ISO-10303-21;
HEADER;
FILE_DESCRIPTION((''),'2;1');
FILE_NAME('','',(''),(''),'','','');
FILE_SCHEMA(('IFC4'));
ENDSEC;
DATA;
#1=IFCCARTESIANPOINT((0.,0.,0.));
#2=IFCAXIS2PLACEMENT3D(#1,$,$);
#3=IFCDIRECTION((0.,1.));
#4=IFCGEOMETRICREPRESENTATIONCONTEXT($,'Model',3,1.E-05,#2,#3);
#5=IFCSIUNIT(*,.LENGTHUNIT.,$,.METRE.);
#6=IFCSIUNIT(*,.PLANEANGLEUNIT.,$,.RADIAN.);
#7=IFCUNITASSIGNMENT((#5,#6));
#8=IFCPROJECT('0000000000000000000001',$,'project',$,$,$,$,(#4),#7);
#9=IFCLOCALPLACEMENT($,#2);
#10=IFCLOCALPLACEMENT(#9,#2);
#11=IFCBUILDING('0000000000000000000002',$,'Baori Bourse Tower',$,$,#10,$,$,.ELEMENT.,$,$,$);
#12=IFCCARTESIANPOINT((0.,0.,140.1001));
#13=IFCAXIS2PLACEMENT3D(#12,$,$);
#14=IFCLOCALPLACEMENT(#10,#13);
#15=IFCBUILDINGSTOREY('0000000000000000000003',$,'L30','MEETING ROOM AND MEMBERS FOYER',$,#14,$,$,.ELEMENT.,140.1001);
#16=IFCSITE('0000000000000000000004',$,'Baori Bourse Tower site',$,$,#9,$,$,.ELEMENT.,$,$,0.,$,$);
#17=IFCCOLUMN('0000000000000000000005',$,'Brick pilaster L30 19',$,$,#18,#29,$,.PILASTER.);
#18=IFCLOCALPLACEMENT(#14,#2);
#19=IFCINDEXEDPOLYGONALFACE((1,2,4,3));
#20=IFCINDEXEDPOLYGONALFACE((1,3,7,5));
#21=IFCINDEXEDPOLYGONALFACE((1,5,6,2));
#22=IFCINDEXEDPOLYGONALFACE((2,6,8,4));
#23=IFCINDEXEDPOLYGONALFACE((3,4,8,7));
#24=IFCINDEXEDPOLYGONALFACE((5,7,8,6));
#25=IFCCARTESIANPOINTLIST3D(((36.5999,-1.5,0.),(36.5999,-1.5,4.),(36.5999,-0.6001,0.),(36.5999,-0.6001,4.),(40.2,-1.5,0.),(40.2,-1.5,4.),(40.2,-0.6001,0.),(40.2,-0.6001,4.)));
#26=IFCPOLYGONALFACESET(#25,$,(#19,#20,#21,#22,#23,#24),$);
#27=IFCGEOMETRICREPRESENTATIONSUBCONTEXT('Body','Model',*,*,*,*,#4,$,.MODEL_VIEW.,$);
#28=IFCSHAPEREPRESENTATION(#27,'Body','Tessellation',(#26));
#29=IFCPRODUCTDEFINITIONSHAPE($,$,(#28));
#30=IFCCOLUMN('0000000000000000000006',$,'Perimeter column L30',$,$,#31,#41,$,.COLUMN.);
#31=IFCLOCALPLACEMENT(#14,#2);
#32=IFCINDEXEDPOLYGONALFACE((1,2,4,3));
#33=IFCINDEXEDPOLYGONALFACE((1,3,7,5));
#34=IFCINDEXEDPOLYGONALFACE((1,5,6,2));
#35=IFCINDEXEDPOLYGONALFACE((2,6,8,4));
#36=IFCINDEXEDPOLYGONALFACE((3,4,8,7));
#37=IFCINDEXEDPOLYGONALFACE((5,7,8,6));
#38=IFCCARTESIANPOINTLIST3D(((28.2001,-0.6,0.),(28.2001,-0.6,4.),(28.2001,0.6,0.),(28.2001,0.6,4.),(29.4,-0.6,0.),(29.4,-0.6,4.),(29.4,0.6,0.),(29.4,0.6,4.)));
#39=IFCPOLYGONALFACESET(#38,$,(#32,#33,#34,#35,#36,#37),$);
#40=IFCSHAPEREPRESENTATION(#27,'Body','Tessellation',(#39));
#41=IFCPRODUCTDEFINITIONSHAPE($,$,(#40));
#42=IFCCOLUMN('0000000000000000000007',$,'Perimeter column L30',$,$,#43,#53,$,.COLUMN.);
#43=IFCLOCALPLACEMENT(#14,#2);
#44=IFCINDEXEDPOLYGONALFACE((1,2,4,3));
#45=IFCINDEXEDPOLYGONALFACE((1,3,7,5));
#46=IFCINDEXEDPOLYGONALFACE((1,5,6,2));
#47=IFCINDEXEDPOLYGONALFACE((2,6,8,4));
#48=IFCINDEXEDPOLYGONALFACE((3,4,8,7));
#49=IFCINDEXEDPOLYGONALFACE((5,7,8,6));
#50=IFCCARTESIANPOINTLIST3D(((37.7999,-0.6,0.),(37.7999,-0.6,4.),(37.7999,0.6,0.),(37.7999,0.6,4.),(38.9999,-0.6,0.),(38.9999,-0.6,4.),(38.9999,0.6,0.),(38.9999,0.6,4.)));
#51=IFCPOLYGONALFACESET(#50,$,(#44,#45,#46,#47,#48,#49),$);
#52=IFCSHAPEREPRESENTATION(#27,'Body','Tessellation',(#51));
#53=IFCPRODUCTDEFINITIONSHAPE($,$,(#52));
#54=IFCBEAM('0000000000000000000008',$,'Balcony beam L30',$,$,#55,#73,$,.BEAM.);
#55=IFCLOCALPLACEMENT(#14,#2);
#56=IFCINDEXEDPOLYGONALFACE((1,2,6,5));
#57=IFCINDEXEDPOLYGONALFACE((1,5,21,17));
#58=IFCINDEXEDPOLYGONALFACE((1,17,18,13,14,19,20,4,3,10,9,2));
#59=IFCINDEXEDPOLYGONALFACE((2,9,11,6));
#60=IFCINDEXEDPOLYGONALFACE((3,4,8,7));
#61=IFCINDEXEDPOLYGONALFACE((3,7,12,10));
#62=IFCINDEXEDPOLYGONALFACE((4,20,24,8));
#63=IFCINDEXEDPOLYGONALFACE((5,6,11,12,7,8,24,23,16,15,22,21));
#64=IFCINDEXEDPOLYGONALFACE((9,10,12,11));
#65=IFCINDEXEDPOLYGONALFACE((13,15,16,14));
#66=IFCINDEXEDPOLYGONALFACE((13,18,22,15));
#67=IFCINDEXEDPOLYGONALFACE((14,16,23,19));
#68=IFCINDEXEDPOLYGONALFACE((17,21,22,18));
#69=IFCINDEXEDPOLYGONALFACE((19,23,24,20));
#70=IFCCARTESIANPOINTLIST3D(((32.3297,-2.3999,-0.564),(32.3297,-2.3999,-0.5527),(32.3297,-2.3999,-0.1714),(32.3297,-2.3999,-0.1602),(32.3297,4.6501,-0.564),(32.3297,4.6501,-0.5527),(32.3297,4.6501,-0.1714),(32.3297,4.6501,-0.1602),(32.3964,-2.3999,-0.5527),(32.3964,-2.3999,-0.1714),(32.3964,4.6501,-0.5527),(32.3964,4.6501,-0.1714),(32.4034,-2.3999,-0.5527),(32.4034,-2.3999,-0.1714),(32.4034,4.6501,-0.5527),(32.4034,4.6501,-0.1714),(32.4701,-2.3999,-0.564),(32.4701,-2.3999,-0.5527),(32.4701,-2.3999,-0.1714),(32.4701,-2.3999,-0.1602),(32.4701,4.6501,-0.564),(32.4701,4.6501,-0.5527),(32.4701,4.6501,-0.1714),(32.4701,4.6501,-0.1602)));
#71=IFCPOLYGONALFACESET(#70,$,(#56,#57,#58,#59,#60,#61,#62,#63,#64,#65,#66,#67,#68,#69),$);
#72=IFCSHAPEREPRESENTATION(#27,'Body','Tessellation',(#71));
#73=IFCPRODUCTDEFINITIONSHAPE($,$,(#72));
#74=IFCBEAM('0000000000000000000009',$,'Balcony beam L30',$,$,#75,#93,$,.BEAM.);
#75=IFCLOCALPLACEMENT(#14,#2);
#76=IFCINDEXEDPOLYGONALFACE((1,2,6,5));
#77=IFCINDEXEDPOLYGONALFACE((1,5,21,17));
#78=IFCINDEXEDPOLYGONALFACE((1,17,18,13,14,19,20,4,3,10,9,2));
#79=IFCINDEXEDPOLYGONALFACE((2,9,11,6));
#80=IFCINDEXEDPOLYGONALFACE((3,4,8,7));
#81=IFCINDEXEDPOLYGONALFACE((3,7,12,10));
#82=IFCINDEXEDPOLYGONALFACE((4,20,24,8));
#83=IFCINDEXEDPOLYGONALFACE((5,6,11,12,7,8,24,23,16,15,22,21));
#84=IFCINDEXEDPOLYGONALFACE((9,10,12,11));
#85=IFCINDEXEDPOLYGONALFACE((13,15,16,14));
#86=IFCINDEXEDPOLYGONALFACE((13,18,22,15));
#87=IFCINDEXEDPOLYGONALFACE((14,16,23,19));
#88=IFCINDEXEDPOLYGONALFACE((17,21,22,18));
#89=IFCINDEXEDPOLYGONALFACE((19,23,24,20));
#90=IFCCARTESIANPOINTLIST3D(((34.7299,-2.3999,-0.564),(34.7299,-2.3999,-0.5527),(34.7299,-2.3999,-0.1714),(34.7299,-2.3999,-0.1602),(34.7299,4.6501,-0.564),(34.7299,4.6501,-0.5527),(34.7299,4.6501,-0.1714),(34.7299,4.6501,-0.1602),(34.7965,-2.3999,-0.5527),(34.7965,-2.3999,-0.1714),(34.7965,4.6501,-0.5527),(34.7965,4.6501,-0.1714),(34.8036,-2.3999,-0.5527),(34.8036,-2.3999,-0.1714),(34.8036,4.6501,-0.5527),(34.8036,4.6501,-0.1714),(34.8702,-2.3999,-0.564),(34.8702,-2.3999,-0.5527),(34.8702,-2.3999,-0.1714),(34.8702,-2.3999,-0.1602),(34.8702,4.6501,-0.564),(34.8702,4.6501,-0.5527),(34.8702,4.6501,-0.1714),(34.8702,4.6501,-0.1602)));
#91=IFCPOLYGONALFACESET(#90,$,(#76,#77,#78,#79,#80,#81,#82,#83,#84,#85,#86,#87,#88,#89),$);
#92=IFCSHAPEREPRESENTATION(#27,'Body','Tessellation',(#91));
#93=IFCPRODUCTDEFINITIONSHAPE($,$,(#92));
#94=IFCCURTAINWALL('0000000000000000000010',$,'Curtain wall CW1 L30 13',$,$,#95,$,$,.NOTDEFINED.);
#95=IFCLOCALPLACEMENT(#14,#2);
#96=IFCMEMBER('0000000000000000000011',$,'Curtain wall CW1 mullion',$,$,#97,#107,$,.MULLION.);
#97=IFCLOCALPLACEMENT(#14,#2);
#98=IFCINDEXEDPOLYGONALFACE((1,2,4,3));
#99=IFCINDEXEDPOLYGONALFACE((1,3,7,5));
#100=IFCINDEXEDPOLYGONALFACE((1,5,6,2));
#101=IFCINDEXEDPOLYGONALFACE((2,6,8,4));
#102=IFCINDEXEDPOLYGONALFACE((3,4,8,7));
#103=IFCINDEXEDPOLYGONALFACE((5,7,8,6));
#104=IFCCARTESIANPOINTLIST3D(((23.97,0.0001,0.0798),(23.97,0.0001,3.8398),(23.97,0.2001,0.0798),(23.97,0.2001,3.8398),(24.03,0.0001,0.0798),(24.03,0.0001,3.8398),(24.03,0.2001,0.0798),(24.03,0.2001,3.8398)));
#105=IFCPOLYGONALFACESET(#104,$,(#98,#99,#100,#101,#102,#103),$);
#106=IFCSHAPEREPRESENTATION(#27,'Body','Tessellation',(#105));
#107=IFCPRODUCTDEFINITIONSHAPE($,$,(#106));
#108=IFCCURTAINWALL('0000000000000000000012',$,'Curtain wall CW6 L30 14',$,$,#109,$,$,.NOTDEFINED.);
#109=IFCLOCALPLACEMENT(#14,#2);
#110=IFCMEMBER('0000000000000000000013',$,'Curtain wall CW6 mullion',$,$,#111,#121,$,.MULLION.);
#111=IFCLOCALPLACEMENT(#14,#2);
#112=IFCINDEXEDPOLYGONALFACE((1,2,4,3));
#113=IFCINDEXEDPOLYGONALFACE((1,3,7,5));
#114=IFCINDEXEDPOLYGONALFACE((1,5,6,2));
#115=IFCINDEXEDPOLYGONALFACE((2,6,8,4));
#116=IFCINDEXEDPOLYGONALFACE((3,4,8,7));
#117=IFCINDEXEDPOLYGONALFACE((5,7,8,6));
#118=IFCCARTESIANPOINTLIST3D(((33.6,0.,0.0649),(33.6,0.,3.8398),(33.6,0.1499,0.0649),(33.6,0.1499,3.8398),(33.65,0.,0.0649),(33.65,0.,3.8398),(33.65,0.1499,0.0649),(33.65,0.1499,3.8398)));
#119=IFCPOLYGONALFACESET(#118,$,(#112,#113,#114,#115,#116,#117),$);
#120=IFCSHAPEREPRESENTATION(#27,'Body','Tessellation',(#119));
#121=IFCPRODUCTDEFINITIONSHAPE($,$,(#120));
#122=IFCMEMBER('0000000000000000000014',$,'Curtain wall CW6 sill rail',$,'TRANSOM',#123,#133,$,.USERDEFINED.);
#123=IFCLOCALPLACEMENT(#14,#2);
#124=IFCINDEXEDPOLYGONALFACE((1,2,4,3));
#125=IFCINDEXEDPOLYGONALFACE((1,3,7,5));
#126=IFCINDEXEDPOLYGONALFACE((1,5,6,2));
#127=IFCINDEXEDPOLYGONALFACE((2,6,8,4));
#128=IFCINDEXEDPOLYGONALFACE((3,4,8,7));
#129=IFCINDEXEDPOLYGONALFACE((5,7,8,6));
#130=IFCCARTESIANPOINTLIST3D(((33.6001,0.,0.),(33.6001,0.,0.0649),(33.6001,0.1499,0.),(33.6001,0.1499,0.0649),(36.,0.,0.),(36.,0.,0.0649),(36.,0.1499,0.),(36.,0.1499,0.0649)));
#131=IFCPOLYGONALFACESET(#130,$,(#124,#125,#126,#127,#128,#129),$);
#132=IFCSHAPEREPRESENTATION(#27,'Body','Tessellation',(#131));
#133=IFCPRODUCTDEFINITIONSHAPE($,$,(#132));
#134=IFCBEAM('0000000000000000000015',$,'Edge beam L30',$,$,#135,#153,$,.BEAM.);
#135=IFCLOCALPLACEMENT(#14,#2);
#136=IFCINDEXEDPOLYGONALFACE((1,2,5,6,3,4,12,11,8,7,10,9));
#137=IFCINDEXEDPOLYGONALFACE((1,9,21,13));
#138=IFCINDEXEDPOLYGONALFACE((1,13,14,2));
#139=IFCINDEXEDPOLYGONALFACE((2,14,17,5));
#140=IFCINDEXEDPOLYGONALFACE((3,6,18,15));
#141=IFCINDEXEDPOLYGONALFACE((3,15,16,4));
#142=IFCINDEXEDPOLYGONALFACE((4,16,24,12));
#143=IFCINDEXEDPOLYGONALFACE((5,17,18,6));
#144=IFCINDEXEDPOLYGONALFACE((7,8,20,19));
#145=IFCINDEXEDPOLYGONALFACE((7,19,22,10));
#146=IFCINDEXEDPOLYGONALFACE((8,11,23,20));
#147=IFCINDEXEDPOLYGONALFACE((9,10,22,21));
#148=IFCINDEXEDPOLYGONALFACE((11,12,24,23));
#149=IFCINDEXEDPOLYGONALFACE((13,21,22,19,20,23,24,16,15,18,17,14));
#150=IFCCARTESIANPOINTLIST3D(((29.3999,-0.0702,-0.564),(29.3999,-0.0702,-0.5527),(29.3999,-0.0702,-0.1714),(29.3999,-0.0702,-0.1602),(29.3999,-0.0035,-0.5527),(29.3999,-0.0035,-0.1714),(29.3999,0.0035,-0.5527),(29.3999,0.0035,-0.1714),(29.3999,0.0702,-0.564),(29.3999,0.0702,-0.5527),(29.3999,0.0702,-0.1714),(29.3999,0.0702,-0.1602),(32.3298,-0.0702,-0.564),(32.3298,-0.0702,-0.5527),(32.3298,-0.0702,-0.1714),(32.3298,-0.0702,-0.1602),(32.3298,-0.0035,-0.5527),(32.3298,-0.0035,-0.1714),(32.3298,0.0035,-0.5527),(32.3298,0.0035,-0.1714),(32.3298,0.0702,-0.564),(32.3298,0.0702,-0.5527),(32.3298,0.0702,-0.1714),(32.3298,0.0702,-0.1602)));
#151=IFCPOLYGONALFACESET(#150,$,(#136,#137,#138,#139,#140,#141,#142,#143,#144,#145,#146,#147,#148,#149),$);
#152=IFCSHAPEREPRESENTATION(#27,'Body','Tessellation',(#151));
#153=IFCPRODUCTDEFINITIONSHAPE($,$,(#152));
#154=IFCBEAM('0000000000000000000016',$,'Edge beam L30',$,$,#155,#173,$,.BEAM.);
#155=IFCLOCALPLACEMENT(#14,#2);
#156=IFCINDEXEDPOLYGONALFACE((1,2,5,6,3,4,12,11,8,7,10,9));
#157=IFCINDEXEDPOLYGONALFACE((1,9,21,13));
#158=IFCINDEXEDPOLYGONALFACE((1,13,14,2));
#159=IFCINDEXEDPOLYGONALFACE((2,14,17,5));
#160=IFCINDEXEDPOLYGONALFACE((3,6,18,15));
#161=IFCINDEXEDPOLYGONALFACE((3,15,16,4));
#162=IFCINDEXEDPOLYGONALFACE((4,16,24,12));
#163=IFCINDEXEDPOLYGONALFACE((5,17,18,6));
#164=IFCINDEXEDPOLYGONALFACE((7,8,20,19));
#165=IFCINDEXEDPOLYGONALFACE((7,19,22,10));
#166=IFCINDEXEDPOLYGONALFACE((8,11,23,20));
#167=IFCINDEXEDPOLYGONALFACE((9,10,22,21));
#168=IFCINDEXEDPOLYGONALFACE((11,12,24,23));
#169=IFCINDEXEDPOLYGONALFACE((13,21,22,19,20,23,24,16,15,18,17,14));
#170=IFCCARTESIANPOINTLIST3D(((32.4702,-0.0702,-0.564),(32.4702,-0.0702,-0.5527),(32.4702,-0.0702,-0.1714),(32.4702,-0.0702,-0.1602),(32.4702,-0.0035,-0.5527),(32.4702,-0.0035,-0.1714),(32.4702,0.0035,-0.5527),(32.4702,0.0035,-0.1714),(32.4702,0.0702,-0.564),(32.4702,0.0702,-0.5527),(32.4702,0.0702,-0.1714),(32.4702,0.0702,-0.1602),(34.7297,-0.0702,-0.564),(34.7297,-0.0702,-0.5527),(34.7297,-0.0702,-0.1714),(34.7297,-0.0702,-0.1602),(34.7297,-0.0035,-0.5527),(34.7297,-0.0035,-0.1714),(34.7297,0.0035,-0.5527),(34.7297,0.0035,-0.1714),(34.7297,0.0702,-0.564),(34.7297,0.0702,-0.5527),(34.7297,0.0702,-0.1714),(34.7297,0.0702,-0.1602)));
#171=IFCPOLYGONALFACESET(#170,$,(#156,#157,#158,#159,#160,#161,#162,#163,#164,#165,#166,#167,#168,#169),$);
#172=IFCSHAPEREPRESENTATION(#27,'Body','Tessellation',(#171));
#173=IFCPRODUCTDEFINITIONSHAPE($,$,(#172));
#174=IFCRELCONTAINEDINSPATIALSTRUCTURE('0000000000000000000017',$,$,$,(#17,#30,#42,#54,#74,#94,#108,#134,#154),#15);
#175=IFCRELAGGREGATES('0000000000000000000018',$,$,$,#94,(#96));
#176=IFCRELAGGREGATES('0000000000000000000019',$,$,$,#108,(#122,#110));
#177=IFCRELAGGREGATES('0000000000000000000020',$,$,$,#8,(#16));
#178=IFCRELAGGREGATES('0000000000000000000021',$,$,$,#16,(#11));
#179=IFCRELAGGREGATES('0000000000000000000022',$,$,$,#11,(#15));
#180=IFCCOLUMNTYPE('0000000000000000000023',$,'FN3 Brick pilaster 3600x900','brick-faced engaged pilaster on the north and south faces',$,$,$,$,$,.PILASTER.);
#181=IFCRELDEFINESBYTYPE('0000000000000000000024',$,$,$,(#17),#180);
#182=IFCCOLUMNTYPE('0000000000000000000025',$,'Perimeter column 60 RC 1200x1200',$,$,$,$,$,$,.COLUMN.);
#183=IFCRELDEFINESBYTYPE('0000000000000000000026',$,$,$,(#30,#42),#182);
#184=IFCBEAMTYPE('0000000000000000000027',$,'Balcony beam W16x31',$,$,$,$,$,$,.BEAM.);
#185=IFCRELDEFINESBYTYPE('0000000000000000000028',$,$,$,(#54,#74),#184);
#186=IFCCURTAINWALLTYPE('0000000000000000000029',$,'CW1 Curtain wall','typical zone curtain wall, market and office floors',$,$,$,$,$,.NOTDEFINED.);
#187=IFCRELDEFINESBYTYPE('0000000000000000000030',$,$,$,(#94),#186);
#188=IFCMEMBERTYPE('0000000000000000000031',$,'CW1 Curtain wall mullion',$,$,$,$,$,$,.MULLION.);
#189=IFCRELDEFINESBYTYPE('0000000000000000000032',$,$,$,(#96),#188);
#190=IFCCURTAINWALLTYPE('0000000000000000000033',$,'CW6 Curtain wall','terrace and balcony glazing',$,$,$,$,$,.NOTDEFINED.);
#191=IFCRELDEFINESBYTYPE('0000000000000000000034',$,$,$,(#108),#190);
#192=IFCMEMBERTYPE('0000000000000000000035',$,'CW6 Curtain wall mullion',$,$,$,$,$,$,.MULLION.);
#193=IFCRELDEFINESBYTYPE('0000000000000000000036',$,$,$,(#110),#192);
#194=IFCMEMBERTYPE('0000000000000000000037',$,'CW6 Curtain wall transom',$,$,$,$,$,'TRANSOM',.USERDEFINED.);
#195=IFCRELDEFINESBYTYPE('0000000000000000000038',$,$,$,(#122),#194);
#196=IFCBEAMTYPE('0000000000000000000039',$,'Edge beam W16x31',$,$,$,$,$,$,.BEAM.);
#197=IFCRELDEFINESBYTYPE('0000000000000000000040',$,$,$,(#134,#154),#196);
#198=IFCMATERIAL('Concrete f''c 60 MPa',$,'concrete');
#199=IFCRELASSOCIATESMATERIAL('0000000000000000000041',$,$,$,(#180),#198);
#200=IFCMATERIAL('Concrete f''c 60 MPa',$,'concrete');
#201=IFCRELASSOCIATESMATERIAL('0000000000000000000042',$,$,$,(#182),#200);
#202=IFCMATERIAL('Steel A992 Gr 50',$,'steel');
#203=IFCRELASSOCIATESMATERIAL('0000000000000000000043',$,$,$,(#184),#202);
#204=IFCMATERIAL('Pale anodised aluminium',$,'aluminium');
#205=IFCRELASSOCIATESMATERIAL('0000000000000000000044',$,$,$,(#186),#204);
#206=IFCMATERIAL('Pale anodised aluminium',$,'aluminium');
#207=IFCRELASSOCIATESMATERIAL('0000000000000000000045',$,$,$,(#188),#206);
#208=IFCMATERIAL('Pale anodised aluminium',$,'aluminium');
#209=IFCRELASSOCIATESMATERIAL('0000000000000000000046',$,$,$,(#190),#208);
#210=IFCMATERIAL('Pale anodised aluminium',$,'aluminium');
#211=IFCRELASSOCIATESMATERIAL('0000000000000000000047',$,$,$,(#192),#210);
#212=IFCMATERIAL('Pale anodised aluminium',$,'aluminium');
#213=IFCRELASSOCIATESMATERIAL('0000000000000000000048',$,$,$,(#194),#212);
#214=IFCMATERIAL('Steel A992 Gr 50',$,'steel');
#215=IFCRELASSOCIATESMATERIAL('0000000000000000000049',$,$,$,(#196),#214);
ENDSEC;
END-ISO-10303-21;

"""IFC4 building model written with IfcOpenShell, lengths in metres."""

from ifc_helpers import new_model, si_unit, direction, frame, origin, origin_2d, place, context, subcontext, project, spatial, rectangle, i_section, extrude, material, material_profile, profile_set, type_object, element, aggregate, save


model = new_model("IFC4")

# Units and contexts
model_context = context("Model", 3, precision=1e-05, world=origin(), true_north=direction((0.0, 1.0)))
body_context = subcontext(model_context, "Body", "Model", "MODEL_VIEW")
ifc_project = project(units=[si_unit("LENGTHUNIT", "METRE"), si_unit("PLANEANGLEUNIT", "RADIAN")], contexts=[model_context])

# Site, building, storey
site_placement = place(None, origin())
site = spatial("IfcSite", under=ifc_project, at=site_placement, Name="Baori Bourse Tower site", CompositionType="ELEMENT", RefElevation=0.0)
building_placement = place(site_placement, origin())
building = spatial("IfcBuilding", under=site, at=building_placement, Name="Baori Bourse Tower", CompositionType="ELEMENT")
storey_placement = place(building_placement, frame((0.0, 0.0, 140.1001)))
storey = spatial("IfcBuildingStorey", under=building, at=storey_placement, Name="L30", Description="MEETING ROOM AND MEMBERS FOYER", CompositionType="ELEMENT", Elevation=140.1001)

# Columns
ifc_material_1 = material(Name="Concrete f'c 60 MPa", Category="concrete")
ifc_material_profile_1 = material_profile(ifc_material_1, rectangle(XDim=3.6001, YDim=0.8999, at=origin_2d()), Name="RC 3600x900")
ifc_profile_set_1 = profile_set([ifc_material_profile_1], Name="Concrete f'c 60 MPa")
column_type_1 = type_object("IfcColumnType", Name="FN3 Brick pilaster 3600x900", Description="brick-faced engaged pilaster on the north and south faces", PredefinedType="PILASTER", material=ifc_profile_set_1)
column_placement = place(storey_placement, frame((38.3999, -1.05, 0.0), z_axis=(0.0, 0.0, 1.0), x_axis=(1.0, 0.0, 0.0)))
element("IfcColumn", 1, at=column_placement, inside=storey, type_object=column_type_1, Name="Brick pilaster L30 19", PredefinedType="PILASTER", context=body_context, shape_type="SweptSolid", body=[
    extrude(rectangle(XDim=3.6001, YDim=0.8999, at=origin_2d()), origin(), (0.0, 0.0, 1.0), 4.0),
])
ifc_material_2 = material(Name="Concrete f'c 60 MPa", Category="concrete")
ifc_material_profile_2 = material_profile(ifc_material_2, rectangle(XDim=1.2, YDim=1.2, at=origin_2d()), Name="RC 1200x1200")
ifc_profile_set_2 = profile_set([ifc_material_profile_2], Name="Concrete f'c 60 MPa")
column_type_2 = type_object("IfcColumnType", Name="Perimeter column 60 RC 1200x1200", PredefinedType="COLUMN", material=ifc_profile_set_2)
for number, where, z_axis, x_axis, name in (
    (2, (28.8, 0.0, 0.0), (0.0, 0.0, 1.0), (1.0, 0.0, 0.0), "Perimeter column L30"),
    (3, (38.3999, 0.0, 0.0), (0.0, 0.0, 1.0), (1.0, 0.0, 0.0), "Perimeter column L30"),
):
    element("IfcColumn", number, at=place(storey_placement, frame(where, z_axis=z_axis, x_axis=x_axis)), inside=storey, type_object=column_type_2, Name=name, PredefinedType="COLUMN", context=body_context, shape_type="SweptSolid", body=[
        extrude(rectangle(XDim=1.2, YDim=1.2, at=origin_2d()), origin(), (0.0, 0.0, 1.0), 4.0),
    ])

# Beams
ifc_material_3 = material(Name="Steel A992 Gr 50", Category="steel")
ifc_material_profile_3 = material_profile(ifc_material_3, i_section(OverallWidth=0.1404, OverallDepth=0.4038, WebThickness=0.0071, FlangeThickness=0.0112, at=origin_2d()), Name="W16x31")
ifc_profile_set_3 = profile_set([ifc_material_profile_3], Name="Steel A992 Gr 50")
beam_type_1 = type_object("IfcBeamType", Name="Balcony beam W16x31", PredefinedType="BEAM", material=ifc_profile_set_3)
for number, where, z_axis, x_axis, name in (
    (4, (32.3999, -2.3999, -0.3621), (0.0, 1.0, 0.0), (-1.0, 0.0, 0.0), "Balcony beam L30"),
    (5, (34.8, -2.3999, -0.3621), (0.0, 1.0, 0.0), (-1.0, 0.0, 0.0), "Balcony beam L30"),
):
    element("IfcBeam", number, at=place(storey_placement, frame(where, z_axis=z_axis, x_axis=x_axis)), inside=storey, type_object=beam_type_1, Name=name, PredefinedType="BEAM", context=body_context, shape_type="SweptSolid", body=[
        extrude(i_section(OverallWidth=0.1404, OverallDepth=0.4038, WebThickness=0.0071, FlangeThickness=0.0112, at=origin_2d()), origin(), (0.0, 0.0, 1.0), 7.05),
    ])

# Curtain wall, member
ifc_material_4 = material(Name="Pale anodised aluminium", Category="aluminium")
curtain_wall_type_1 = type_object("IfcCurtainWallType", Name="CW1 Curtain wall", Description="typical zone curtain wall, market and office floors", PredefinedType="NOTDEFINED", material=ifc_material_4)
curtain_wall_1_placement = place(storey_placement, origin())
curtain_wall_1 = element("IfcCurtainWall", 6, at=curtain_wall_1_placement, inside=storey, type_object=curtain_wall_type_1, Name="Curtain wall CW1 L30 13", PredefinedType="NOTDEFINED")
ifc_material_5 = material(Name="Pale anodised aluminium", Category="aluminium")
ifc_material_profile_4 = material_profile(ifc_material_5, rectangle(XDim=0.2, YDim=0.0601, at=origin_2d()), Name="Mullion 60x200")
ifc_profile_set_4 = profile_set([ifc_material_profile_4], Name="Pale anodised aluminium")
member_type_1 = type_object("IfcMemberType", Name="CW1 Curtain wall mullion", PredefinedType="MULLION", material=ifc_profile_set_4)
member_1_placement = place(storey_placement, frame((24.0, 0.1001, 0.0798), z_axis=(0.0, 0.0, 1.0), x_axis=(0.0, 1.0, 0.0)))
member_1 = element("IfcMember", 7, at=member_1_placement, type_object=member_type_1, Name="Curtain wall CW1 mullion", PredefinedType="MULLION", context=body_context, shape_type="SweptSolid", body=[
    extrude(rectangle(XDim=0.2, YDim=0.0601, at=origin_2d()), origin(), (0.0, 0.0, 1.0), 3.76),
])

# Curtain wall, members
ifc_material_6 = material(Name="Pale anodised aluminium", Category="aluminium")
curtain_wall_type_2 = type_object("IfcCurtainWallType", Name="CW6 Curtain wall", Description="terrace and balcony glazing", PredefinedType="NOTDEFINED", material=ifc_material_6)
curtain_wall_2_placement = place(storey_placement, origin())
curtain_wall_2 = element("IfcCurtainWall", 8, at=curtain_wall_2_placement, inside=storey, type_object=curtain_wall_type_2, Name="Curtain wall CW6 L30 14", PredefinedType="NOTDEFINED")
ifc_material_7 = material(Name="Pale anodised aluminium", Category="aluminium")
ifc_material_profile_5 = material_profile(ifc_material_7, rectangle(XDim=0.1499, YDim=0.05, at=origin_2d()), Name="Mullion 50x150")
ifc_profile_set_5 = profile_set([ifc_material_profile_5], Name="Pale anodised aluminium")
member_type_2 = type_object("IfcMemberType", Name="CW6 Curtain wall mullion", PredefinedType="MULLION", material=ifc_profile_set_5)
member_2_placement = place(storey_placement, frame((33.625, 0.075, 0.0649), z_axis=(0.0, 0.0, 1.0), x_axis=(0.0, 1.0, 0.0)))
member_2 = element("IfcMember", 9, at=member_2_placement, type_object=member_type_2, Name="Curtain wall CW6 mullion", PredefinedType="MULLION", context=body_context, shape_type="SweptSolid", body=[
    extrude(rectangle(XDim=0.1499, YDim=0.05, at=origin_2d()), origin(), (0.0, 0.0, 1.0), 3.7749),
])
ifc_material_8 = material(Name="Pale anodised aluminium", Category="aluminium")
ifc_material_profile_6 = material_profile(ifc_material_8, rectangle(XDim=0.1499, YDim=0.0649, at=origin_2d()), Name="Transom 65x150")
ifc_profile_set_6 = profile_set([ifc_material_profile_6], Name="Pale anodised aluminium")
member_type_3 = type_object("IfcMemberType", Name="CW6 Curtain wall transom", ElementType="TRANSOM", PredefinedType="USERDEFINED", material=ifc_profile_set_6)
member_3_placement = place(storey_placement, frame((33.6001, 0.075, 0.0325), z_axis=(1.0, 0.0, 0.0), x_axis=(0.0, 1.0, 0.0)))
member_3 = element("IfcMember", 10, at=member_3_placement, type_object=member_type_3, Name="Curtain wall CW6 sill rail", ObjectType="TRANSOM", PredefinedType="USERDEFINED", context=body_context, shape_type="SweptSolid", body=[
    extrude(rectangle(XDim=0.1499, YDim=0.0649, at=origin_2d()), origin(), (0.0, 0.0, 1.0), 2.3999),
])

# Beams
ifc_material_9 = material(Name="Steel A992 Gr 50", Category="steel")
ifc_material_profile_7 = material_profile(ifc_material_9, i_section(OverallWidth=0.1404, OverallDepth=0.4038, WebThickness=0.0071, FlangeThickness=0.0112, at=origin_2d()), Name="W16x31")
ifc_profile_set_7 = profile_set([ifc_material_profile_7], Name="Steel A992 Gr 50")
beam_type_2 = type_object("IfcBeamType", Name="Edge beam W16x31", PredefinedType="BEAM", material=ifc_profile_set_7)
beam_1_placement = place(storey_placement, frame((29.3999, 0.0, -0.3621), z_axis=(1.0, 0.0, 0.0), x_axis=(0.0, 1.0, 0.0)))
element("IfcBeam", 11, at=beam_1_placement, inside=storey, type_object=beam_type_2, Name="Edge beam L30", PredefinedType="BEAM", context=body_context, shape_type="SweptSolid", body=[
    extrude(i_section(OverallWidth=0.1404, OverallDepth=0.4038, WebThickness=0.0071, FlangeThickness=0.0112, at=origin_2d()), origin(), (0.0, 0.0, 1.0), 2.9299),
])
beam_2_placement = place(storey_placement, frame((32.4702, 0.0, -0.3621), z_axis=(1.0, 0.0, 0.0), x_axis=(0.0, 1.0, 0.0)))
element("IfcBeam", 12, at=beam_2_placement, inside=storey, type_object=beam_type_2, Name="Edge beam L30", PredefinedType="BEAM", context=body_context, shape_type="SweptSolid", body=[
    extrude(i_section(OverallWidth=0.1404, OverallDepth=0.4038, WebThickness=0.0071, FlangeThickness=0.0112, at=origin_2d()), origin(), (0.0, 0.0, 1.0), 2.2595),
])

aggregate(curtain_wall_1, [member_1])
aggregate(curtain_wall_2, [member_3, member_2])

save(model, "model.ifc")
